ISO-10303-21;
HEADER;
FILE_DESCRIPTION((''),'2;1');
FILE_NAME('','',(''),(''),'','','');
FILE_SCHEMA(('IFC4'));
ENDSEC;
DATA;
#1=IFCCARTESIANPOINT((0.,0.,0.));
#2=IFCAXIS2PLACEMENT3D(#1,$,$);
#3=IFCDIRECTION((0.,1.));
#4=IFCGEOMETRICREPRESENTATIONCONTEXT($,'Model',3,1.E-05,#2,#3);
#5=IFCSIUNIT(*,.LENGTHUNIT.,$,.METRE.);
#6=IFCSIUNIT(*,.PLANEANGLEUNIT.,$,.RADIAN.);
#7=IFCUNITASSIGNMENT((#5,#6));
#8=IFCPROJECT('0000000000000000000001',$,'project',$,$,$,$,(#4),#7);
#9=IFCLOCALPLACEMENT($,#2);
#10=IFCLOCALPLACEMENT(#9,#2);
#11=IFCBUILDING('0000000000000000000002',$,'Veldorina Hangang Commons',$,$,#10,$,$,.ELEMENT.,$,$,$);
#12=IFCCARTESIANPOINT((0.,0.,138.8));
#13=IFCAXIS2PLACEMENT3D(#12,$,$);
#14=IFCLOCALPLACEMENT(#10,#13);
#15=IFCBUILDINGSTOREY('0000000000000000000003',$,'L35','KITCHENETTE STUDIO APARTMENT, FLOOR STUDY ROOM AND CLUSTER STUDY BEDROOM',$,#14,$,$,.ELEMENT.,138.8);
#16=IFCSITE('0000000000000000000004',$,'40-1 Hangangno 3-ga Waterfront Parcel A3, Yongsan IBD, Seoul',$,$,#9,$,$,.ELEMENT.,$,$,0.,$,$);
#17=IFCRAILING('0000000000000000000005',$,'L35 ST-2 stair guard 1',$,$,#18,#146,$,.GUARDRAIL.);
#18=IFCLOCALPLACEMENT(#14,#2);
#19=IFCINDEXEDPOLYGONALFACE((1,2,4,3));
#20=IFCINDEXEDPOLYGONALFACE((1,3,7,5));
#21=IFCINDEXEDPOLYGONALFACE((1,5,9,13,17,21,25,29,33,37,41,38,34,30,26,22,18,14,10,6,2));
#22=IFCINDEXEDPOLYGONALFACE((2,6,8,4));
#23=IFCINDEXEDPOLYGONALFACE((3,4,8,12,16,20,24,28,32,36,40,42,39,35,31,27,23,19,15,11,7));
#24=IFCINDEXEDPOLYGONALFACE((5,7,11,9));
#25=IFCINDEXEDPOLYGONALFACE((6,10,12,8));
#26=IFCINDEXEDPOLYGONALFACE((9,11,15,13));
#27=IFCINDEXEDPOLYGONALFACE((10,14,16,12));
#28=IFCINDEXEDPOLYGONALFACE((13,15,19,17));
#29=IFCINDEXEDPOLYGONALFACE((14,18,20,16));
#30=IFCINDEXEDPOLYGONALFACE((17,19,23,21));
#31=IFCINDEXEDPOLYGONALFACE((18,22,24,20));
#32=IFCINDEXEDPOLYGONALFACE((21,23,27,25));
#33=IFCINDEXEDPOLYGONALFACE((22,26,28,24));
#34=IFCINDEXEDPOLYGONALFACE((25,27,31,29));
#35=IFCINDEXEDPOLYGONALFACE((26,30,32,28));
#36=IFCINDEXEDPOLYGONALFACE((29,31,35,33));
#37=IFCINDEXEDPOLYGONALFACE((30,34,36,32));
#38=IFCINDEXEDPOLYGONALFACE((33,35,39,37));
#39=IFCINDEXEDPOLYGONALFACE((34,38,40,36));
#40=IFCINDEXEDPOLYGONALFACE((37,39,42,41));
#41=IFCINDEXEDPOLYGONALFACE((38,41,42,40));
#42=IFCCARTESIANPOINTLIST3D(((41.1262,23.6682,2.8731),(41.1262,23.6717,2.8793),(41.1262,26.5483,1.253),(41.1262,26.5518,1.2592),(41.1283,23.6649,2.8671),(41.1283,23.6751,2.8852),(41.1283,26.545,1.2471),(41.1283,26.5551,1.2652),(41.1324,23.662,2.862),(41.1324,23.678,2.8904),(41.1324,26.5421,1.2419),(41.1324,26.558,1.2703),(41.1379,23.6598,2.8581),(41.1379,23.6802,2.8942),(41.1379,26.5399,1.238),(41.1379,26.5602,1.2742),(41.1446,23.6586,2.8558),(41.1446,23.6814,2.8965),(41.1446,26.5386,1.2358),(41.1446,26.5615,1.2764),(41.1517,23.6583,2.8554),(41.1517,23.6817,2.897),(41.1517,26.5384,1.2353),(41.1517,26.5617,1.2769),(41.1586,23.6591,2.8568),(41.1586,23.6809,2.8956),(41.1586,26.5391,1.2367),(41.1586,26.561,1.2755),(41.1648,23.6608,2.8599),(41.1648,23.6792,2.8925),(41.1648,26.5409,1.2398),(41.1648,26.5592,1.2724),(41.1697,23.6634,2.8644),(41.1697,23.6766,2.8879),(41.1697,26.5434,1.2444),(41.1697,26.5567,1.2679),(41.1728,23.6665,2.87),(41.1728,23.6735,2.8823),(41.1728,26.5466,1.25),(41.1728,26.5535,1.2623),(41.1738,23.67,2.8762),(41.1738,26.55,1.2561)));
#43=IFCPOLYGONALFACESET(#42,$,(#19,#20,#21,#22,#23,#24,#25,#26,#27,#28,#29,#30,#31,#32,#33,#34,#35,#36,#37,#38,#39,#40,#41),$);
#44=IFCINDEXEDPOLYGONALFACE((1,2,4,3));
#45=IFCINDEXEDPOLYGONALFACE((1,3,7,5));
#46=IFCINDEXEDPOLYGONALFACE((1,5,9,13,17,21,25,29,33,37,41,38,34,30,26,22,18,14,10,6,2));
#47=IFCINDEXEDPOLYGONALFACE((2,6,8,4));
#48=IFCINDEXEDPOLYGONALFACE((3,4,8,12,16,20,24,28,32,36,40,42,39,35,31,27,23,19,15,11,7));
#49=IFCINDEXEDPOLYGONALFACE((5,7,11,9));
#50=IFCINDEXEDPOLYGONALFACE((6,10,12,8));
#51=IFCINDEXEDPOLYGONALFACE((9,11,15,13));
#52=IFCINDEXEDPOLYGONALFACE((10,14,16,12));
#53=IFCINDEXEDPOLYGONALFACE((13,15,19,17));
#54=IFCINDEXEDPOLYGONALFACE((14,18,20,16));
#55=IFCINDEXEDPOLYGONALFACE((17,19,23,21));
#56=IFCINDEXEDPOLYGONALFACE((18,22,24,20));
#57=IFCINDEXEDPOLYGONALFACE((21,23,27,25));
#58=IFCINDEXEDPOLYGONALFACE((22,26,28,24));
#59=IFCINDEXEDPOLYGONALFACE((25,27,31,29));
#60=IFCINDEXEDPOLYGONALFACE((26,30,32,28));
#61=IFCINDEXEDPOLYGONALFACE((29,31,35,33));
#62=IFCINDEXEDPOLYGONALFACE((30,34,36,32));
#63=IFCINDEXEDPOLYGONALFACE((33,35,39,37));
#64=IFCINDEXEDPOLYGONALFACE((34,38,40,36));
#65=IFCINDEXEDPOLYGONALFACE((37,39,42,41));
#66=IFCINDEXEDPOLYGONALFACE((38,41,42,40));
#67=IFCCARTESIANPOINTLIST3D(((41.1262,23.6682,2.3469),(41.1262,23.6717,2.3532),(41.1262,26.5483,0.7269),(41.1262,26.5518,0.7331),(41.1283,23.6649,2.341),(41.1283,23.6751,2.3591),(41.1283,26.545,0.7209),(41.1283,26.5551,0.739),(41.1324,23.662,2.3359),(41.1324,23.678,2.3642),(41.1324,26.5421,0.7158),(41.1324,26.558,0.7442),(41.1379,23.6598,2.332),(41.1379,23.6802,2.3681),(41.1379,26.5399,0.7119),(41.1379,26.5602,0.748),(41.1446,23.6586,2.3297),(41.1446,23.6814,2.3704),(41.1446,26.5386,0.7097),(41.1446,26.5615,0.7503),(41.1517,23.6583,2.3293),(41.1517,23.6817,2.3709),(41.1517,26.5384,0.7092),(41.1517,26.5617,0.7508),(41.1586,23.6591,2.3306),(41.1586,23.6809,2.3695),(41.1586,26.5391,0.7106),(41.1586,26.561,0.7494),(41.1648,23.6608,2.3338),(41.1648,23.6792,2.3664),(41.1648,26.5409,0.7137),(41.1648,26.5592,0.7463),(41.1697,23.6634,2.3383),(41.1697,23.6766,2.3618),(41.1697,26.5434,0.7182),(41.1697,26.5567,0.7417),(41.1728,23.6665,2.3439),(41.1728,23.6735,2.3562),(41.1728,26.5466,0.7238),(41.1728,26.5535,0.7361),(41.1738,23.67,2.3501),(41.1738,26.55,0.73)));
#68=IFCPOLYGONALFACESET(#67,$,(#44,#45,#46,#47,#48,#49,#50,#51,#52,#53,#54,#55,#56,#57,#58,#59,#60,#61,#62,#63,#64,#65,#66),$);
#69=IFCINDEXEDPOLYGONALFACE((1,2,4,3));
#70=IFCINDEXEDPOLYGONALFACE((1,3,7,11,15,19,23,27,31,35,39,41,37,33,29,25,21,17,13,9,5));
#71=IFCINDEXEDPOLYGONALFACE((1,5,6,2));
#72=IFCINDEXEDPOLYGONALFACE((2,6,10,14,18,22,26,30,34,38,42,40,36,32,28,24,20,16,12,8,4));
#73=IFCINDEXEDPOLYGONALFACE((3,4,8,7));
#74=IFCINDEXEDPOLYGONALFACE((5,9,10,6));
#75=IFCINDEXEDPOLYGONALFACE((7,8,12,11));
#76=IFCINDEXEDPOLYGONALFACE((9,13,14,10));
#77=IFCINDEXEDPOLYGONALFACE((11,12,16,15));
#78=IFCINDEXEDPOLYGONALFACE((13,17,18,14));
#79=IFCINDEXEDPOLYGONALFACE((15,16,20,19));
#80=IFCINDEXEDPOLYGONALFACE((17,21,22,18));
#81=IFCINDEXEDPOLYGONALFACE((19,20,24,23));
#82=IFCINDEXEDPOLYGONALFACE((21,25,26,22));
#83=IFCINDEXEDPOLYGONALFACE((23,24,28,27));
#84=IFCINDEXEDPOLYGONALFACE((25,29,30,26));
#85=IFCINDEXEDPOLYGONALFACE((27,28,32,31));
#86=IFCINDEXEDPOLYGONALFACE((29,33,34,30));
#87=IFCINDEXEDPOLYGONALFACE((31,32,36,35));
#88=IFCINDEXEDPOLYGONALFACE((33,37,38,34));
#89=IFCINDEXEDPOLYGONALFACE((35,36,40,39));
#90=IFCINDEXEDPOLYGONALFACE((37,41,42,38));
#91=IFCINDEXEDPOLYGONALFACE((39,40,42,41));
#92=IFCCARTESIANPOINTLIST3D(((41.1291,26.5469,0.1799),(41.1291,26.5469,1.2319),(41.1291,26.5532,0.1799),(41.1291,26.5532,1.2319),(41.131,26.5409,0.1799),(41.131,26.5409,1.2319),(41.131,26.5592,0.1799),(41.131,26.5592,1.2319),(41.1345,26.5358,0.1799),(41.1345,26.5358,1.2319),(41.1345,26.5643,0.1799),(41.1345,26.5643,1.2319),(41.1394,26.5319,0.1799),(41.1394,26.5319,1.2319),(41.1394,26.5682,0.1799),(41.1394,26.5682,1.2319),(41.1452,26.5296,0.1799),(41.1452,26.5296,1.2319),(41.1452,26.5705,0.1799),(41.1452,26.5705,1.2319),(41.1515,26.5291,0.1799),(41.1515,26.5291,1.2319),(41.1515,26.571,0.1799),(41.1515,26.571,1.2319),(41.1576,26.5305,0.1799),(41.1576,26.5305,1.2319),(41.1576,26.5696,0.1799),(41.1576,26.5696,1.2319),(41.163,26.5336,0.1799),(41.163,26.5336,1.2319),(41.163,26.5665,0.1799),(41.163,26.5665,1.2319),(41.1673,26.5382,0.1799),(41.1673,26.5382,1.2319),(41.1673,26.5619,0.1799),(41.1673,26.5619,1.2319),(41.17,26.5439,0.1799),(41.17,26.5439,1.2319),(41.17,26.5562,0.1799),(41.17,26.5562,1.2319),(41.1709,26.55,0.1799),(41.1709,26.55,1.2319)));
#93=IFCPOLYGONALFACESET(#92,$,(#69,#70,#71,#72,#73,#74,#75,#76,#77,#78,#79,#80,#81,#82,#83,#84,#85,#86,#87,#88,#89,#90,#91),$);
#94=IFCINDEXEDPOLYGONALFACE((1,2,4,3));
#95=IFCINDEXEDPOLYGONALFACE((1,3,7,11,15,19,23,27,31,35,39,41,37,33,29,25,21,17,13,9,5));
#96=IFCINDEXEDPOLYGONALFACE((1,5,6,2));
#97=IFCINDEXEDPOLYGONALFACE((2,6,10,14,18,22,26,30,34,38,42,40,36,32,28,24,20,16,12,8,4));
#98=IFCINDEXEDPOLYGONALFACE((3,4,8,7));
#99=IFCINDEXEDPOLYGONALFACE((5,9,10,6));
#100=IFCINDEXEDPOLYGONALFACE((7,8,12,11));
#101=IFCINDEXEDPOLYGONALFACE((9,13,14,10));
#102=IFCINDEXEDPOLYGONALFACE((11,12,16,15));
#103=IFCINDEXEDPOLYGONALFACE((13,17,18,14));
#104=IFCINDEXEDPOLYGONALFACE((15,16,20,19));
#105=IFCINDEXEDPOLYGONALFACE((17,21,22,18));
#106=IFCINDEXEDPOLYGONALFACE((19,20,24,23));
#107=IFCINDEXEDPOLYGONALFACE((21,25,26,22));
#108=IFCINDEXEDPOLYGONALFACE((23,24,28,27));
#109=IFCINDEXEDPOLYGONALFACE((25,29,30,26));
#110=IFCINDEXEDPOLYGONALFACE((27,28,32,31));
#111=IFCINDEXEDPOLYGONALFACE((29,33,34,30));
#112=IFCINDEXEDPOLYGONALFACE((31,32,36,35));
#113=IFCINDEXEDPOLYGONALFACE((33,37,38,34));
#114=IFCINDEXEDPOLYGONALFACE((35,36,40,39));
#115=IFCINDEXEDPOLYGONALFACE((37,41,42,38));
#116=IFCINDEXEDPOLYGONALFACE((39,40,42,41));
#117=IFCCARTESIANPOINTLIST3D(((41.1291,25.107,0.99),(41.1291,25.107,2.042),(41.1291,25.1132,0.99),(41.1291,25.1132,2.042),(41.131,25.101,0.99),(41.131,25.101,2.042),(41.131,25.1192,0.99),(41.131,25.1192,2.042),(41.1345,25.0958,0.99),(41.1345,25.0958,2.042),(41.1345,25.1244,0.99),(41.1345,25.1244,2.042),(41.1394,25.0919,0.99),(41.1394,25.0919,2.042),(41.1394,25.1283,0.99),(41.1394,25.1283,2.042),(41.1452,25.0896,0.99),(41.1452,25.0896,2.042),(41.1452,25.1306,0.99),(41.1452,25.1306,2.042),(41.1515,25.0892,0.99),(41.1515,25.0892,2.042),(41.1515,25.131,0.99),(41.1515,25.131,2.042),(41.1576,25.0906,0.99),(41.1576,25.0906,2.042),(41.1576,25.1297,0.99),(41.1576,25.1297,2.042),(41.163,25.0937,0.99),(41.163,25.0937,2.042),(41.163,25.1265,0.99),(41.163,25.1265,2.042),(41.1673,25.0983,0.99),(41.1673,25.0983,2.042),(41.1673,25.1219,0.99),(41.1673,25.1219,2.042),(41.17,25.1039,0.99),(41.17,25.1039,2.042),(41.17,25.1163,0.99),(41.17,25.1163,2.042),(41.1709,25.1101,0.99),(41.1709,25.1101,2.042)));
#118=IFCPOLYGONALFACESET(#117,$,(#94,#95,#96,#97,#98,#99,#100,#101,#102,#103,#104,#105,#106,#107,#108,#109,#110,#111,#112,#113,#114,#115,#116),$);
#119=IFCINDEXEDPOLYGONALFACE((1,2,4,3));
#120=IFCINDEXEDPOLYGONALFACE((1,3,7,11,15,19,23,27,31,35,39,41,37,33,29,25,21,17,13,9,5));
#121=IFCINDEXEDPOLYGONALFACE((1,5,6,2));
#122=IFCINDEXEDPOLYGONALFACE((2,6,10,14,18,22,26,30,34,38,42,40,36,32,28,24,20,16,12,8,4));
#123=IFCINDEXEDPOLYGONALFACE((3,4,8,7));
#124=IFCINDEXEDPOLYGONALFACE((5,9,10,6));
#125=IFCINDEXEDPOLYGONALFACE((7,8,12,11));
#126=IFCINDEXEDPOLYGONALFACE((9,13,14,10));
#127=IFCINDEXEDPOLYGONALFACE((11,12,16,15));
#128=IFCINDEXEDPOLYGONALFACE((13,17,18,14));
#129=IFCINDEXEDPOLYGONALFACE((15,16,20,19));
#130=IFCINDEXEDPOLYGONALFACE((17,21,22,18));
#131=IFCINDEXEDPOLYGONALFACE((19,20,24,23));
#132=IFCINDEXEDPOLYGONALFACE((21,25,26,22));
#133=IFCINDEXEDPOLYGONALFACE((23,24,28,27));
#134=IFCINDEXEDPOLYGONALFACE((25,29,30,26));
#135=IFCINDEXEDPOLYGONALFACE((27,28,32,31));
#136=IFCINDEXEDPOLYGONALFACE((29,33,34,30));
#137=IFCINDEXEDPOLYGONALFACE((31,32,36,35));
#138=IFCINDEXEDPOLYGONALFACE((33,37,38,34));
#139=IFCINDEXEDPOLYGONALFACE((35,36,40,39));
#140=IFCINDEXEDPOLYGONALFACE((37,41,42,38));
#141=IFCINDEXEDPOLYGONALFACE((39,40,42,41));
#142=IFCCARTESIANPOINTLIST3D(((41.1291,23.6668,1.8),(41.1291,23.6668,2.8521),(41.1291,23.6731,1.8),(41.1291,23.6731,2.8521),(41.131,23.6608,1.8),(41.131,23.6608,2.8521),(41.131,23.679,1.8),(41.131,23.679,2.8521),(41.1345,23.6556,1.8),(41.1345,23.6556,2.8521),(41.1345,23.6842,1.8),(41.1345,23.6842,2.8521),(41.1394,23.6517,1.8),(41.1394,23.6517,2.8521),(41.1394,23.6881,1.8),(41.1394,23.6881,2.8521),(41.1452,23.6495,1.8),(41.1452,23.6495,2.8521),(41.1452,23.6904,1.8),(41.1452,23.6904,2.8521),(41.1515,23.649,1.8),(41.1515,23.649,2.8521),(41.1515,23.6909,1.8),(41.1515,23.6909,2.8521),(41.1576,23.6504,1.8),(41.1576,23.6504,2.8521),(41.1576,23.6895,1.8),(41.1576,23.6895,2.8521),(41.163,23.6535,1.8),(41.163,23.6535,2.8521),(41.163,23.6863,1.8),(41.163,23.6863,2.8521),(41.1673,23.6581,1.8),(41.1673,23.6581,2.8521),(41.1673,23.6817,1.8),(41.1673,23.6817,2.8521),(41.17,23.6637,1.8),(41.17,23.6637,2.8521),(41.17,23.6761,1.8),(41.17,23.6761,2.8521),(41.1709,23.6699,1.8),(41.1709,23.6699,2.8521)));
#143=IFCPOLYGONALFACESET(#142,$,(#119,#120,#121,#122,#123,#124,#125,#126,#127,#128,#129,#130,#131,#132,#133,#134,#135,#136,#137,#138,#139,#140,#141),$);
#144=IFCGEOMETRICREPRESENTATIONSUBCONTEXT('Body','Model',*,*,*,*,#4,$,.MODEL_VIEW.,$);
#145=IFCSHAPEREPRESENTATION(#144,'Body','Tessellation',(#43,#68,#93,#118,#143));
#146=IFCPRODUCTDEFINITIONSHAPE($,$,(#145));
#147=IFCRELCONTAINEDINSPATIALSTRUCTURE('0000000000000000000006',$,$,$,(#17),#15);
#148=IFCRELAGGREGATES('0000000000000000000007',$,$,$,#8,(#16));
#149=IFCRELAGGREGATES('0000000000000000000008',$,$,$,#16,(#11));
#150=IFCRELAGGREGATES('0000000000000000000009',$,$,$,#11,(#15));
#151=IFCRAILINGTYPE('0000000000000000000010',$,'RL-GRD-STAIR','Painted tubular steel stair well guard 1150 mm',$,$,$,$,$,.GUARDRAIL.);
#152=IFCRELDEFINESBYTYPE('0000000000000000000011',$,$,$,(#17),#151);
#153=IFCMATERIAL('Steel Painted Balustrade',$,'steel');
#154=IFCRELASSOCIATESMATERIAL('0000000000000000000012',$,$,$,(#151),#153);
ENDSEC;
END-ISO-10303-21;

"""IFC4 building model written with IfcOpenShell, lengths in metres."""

from ifc_helpers import new_model, si_unit, direction, frame, origin, origin_2d, place, context, subcontext, project, spatial, circle, extrude, material, type_object, element, save


model = new_model("IFC4")

# Units and contexts
model_context = context("Model", 3, precision=1e-05, world=origin(), true_north=direction((0.0, 1.0)))
body_context = subcontext(model_context, "Body", "Model", "MODEL_VIEW")
ifc_project = project(units=[si_unit("LENGTHUNIT", "METRE"), si_unit("PLANEANGLEUNIT", "RADIAN")], contexts=[model_context])

# Site, building, storey
site_placement = place(None, origin())
site = spatial("IfcSite", under=ifc_project, at=site_placement, Name="40-1 Hangangno 3-ga Waterfront Parcel A3, Yongsan IBD, Seoul", CompositionType="ELEMENT", RefElevation=0.0)
building_placement = place(site_placement, origin())
building = spatial("IfcBuilding", under=site, at=building_placement, Name="Veldorina Hangang Commons", CompositionType="ELEMENT")
storey_placement = place(building_placement, frame((0.0, 0.0, 138.8)))
storey = spatial("IfcBuildingStorey", under=building, at=storey_placement, Name="L35", Description="KITCHENETTE STUDIO APARTMENT, FLOOR STUDY ROOM AND CLUSTER STUDY BEDROOM", CompositionType="ELEMENT", Elevation=138.8)

# Railing
ifc_material_1 = material(Name="Steel Painted Balustrade", Category="steel")
railing_type_1 = type_object("IfcRailingType", Name="RL-GRD-STAIR", Description="Painted tubular steel stair well guard 1150 mm", PredefinedType="GUARDRAIL", material=ifc_material_1)
railing_1_placement = place(storey_placement, frame((41.1499, 26.55, 0.1799)))
element("IfcRailing", 1, at=railing_1_placement, inside=storey, type_object=railing_type_1, Name="L35 ST-2 stair guard 1", PredefinedType="GUARDRAIL", context=body_context, shape_type="SweptSolid", body=[
    extrude(circle(Radius=0.0239, at=origin_2d()), frame((0.0, 0.0, 1.0762), z_axis=(0.0, -0.87157, 0.490272), x_axis=(1.0, 0.0, 0.0)), (0.0, 0.0, 1.0), 3.3044),
    extrude(circle(Radius=0.0239, at=origin_2d()), frame((0.0, 0.0, 0.55), z_axis=(0.0, -0.87157, 0.490272), x_axis=(1.0, 0.0, 0.0)), (0.0, 0.0, 1.0), 3.3044),
    extrude(circle(Radius=0.021, at=origin_2d()), origin(), (0.0, 0.0, 1.0), 1.052),
    extrude(circle(Radius=0.021, at=origin_2d()), frame((0.0, -1.4399, 0.8101)), (0.0, 0.0, 1.0), 1.052),
    extrude(circle(Radius=0.021, at=origin_2d()), frame((0.0, -2.8801, 1.6201)), (0.0, 0.0, 1.0), 1.052),
])

save(model, "model.ifc")
